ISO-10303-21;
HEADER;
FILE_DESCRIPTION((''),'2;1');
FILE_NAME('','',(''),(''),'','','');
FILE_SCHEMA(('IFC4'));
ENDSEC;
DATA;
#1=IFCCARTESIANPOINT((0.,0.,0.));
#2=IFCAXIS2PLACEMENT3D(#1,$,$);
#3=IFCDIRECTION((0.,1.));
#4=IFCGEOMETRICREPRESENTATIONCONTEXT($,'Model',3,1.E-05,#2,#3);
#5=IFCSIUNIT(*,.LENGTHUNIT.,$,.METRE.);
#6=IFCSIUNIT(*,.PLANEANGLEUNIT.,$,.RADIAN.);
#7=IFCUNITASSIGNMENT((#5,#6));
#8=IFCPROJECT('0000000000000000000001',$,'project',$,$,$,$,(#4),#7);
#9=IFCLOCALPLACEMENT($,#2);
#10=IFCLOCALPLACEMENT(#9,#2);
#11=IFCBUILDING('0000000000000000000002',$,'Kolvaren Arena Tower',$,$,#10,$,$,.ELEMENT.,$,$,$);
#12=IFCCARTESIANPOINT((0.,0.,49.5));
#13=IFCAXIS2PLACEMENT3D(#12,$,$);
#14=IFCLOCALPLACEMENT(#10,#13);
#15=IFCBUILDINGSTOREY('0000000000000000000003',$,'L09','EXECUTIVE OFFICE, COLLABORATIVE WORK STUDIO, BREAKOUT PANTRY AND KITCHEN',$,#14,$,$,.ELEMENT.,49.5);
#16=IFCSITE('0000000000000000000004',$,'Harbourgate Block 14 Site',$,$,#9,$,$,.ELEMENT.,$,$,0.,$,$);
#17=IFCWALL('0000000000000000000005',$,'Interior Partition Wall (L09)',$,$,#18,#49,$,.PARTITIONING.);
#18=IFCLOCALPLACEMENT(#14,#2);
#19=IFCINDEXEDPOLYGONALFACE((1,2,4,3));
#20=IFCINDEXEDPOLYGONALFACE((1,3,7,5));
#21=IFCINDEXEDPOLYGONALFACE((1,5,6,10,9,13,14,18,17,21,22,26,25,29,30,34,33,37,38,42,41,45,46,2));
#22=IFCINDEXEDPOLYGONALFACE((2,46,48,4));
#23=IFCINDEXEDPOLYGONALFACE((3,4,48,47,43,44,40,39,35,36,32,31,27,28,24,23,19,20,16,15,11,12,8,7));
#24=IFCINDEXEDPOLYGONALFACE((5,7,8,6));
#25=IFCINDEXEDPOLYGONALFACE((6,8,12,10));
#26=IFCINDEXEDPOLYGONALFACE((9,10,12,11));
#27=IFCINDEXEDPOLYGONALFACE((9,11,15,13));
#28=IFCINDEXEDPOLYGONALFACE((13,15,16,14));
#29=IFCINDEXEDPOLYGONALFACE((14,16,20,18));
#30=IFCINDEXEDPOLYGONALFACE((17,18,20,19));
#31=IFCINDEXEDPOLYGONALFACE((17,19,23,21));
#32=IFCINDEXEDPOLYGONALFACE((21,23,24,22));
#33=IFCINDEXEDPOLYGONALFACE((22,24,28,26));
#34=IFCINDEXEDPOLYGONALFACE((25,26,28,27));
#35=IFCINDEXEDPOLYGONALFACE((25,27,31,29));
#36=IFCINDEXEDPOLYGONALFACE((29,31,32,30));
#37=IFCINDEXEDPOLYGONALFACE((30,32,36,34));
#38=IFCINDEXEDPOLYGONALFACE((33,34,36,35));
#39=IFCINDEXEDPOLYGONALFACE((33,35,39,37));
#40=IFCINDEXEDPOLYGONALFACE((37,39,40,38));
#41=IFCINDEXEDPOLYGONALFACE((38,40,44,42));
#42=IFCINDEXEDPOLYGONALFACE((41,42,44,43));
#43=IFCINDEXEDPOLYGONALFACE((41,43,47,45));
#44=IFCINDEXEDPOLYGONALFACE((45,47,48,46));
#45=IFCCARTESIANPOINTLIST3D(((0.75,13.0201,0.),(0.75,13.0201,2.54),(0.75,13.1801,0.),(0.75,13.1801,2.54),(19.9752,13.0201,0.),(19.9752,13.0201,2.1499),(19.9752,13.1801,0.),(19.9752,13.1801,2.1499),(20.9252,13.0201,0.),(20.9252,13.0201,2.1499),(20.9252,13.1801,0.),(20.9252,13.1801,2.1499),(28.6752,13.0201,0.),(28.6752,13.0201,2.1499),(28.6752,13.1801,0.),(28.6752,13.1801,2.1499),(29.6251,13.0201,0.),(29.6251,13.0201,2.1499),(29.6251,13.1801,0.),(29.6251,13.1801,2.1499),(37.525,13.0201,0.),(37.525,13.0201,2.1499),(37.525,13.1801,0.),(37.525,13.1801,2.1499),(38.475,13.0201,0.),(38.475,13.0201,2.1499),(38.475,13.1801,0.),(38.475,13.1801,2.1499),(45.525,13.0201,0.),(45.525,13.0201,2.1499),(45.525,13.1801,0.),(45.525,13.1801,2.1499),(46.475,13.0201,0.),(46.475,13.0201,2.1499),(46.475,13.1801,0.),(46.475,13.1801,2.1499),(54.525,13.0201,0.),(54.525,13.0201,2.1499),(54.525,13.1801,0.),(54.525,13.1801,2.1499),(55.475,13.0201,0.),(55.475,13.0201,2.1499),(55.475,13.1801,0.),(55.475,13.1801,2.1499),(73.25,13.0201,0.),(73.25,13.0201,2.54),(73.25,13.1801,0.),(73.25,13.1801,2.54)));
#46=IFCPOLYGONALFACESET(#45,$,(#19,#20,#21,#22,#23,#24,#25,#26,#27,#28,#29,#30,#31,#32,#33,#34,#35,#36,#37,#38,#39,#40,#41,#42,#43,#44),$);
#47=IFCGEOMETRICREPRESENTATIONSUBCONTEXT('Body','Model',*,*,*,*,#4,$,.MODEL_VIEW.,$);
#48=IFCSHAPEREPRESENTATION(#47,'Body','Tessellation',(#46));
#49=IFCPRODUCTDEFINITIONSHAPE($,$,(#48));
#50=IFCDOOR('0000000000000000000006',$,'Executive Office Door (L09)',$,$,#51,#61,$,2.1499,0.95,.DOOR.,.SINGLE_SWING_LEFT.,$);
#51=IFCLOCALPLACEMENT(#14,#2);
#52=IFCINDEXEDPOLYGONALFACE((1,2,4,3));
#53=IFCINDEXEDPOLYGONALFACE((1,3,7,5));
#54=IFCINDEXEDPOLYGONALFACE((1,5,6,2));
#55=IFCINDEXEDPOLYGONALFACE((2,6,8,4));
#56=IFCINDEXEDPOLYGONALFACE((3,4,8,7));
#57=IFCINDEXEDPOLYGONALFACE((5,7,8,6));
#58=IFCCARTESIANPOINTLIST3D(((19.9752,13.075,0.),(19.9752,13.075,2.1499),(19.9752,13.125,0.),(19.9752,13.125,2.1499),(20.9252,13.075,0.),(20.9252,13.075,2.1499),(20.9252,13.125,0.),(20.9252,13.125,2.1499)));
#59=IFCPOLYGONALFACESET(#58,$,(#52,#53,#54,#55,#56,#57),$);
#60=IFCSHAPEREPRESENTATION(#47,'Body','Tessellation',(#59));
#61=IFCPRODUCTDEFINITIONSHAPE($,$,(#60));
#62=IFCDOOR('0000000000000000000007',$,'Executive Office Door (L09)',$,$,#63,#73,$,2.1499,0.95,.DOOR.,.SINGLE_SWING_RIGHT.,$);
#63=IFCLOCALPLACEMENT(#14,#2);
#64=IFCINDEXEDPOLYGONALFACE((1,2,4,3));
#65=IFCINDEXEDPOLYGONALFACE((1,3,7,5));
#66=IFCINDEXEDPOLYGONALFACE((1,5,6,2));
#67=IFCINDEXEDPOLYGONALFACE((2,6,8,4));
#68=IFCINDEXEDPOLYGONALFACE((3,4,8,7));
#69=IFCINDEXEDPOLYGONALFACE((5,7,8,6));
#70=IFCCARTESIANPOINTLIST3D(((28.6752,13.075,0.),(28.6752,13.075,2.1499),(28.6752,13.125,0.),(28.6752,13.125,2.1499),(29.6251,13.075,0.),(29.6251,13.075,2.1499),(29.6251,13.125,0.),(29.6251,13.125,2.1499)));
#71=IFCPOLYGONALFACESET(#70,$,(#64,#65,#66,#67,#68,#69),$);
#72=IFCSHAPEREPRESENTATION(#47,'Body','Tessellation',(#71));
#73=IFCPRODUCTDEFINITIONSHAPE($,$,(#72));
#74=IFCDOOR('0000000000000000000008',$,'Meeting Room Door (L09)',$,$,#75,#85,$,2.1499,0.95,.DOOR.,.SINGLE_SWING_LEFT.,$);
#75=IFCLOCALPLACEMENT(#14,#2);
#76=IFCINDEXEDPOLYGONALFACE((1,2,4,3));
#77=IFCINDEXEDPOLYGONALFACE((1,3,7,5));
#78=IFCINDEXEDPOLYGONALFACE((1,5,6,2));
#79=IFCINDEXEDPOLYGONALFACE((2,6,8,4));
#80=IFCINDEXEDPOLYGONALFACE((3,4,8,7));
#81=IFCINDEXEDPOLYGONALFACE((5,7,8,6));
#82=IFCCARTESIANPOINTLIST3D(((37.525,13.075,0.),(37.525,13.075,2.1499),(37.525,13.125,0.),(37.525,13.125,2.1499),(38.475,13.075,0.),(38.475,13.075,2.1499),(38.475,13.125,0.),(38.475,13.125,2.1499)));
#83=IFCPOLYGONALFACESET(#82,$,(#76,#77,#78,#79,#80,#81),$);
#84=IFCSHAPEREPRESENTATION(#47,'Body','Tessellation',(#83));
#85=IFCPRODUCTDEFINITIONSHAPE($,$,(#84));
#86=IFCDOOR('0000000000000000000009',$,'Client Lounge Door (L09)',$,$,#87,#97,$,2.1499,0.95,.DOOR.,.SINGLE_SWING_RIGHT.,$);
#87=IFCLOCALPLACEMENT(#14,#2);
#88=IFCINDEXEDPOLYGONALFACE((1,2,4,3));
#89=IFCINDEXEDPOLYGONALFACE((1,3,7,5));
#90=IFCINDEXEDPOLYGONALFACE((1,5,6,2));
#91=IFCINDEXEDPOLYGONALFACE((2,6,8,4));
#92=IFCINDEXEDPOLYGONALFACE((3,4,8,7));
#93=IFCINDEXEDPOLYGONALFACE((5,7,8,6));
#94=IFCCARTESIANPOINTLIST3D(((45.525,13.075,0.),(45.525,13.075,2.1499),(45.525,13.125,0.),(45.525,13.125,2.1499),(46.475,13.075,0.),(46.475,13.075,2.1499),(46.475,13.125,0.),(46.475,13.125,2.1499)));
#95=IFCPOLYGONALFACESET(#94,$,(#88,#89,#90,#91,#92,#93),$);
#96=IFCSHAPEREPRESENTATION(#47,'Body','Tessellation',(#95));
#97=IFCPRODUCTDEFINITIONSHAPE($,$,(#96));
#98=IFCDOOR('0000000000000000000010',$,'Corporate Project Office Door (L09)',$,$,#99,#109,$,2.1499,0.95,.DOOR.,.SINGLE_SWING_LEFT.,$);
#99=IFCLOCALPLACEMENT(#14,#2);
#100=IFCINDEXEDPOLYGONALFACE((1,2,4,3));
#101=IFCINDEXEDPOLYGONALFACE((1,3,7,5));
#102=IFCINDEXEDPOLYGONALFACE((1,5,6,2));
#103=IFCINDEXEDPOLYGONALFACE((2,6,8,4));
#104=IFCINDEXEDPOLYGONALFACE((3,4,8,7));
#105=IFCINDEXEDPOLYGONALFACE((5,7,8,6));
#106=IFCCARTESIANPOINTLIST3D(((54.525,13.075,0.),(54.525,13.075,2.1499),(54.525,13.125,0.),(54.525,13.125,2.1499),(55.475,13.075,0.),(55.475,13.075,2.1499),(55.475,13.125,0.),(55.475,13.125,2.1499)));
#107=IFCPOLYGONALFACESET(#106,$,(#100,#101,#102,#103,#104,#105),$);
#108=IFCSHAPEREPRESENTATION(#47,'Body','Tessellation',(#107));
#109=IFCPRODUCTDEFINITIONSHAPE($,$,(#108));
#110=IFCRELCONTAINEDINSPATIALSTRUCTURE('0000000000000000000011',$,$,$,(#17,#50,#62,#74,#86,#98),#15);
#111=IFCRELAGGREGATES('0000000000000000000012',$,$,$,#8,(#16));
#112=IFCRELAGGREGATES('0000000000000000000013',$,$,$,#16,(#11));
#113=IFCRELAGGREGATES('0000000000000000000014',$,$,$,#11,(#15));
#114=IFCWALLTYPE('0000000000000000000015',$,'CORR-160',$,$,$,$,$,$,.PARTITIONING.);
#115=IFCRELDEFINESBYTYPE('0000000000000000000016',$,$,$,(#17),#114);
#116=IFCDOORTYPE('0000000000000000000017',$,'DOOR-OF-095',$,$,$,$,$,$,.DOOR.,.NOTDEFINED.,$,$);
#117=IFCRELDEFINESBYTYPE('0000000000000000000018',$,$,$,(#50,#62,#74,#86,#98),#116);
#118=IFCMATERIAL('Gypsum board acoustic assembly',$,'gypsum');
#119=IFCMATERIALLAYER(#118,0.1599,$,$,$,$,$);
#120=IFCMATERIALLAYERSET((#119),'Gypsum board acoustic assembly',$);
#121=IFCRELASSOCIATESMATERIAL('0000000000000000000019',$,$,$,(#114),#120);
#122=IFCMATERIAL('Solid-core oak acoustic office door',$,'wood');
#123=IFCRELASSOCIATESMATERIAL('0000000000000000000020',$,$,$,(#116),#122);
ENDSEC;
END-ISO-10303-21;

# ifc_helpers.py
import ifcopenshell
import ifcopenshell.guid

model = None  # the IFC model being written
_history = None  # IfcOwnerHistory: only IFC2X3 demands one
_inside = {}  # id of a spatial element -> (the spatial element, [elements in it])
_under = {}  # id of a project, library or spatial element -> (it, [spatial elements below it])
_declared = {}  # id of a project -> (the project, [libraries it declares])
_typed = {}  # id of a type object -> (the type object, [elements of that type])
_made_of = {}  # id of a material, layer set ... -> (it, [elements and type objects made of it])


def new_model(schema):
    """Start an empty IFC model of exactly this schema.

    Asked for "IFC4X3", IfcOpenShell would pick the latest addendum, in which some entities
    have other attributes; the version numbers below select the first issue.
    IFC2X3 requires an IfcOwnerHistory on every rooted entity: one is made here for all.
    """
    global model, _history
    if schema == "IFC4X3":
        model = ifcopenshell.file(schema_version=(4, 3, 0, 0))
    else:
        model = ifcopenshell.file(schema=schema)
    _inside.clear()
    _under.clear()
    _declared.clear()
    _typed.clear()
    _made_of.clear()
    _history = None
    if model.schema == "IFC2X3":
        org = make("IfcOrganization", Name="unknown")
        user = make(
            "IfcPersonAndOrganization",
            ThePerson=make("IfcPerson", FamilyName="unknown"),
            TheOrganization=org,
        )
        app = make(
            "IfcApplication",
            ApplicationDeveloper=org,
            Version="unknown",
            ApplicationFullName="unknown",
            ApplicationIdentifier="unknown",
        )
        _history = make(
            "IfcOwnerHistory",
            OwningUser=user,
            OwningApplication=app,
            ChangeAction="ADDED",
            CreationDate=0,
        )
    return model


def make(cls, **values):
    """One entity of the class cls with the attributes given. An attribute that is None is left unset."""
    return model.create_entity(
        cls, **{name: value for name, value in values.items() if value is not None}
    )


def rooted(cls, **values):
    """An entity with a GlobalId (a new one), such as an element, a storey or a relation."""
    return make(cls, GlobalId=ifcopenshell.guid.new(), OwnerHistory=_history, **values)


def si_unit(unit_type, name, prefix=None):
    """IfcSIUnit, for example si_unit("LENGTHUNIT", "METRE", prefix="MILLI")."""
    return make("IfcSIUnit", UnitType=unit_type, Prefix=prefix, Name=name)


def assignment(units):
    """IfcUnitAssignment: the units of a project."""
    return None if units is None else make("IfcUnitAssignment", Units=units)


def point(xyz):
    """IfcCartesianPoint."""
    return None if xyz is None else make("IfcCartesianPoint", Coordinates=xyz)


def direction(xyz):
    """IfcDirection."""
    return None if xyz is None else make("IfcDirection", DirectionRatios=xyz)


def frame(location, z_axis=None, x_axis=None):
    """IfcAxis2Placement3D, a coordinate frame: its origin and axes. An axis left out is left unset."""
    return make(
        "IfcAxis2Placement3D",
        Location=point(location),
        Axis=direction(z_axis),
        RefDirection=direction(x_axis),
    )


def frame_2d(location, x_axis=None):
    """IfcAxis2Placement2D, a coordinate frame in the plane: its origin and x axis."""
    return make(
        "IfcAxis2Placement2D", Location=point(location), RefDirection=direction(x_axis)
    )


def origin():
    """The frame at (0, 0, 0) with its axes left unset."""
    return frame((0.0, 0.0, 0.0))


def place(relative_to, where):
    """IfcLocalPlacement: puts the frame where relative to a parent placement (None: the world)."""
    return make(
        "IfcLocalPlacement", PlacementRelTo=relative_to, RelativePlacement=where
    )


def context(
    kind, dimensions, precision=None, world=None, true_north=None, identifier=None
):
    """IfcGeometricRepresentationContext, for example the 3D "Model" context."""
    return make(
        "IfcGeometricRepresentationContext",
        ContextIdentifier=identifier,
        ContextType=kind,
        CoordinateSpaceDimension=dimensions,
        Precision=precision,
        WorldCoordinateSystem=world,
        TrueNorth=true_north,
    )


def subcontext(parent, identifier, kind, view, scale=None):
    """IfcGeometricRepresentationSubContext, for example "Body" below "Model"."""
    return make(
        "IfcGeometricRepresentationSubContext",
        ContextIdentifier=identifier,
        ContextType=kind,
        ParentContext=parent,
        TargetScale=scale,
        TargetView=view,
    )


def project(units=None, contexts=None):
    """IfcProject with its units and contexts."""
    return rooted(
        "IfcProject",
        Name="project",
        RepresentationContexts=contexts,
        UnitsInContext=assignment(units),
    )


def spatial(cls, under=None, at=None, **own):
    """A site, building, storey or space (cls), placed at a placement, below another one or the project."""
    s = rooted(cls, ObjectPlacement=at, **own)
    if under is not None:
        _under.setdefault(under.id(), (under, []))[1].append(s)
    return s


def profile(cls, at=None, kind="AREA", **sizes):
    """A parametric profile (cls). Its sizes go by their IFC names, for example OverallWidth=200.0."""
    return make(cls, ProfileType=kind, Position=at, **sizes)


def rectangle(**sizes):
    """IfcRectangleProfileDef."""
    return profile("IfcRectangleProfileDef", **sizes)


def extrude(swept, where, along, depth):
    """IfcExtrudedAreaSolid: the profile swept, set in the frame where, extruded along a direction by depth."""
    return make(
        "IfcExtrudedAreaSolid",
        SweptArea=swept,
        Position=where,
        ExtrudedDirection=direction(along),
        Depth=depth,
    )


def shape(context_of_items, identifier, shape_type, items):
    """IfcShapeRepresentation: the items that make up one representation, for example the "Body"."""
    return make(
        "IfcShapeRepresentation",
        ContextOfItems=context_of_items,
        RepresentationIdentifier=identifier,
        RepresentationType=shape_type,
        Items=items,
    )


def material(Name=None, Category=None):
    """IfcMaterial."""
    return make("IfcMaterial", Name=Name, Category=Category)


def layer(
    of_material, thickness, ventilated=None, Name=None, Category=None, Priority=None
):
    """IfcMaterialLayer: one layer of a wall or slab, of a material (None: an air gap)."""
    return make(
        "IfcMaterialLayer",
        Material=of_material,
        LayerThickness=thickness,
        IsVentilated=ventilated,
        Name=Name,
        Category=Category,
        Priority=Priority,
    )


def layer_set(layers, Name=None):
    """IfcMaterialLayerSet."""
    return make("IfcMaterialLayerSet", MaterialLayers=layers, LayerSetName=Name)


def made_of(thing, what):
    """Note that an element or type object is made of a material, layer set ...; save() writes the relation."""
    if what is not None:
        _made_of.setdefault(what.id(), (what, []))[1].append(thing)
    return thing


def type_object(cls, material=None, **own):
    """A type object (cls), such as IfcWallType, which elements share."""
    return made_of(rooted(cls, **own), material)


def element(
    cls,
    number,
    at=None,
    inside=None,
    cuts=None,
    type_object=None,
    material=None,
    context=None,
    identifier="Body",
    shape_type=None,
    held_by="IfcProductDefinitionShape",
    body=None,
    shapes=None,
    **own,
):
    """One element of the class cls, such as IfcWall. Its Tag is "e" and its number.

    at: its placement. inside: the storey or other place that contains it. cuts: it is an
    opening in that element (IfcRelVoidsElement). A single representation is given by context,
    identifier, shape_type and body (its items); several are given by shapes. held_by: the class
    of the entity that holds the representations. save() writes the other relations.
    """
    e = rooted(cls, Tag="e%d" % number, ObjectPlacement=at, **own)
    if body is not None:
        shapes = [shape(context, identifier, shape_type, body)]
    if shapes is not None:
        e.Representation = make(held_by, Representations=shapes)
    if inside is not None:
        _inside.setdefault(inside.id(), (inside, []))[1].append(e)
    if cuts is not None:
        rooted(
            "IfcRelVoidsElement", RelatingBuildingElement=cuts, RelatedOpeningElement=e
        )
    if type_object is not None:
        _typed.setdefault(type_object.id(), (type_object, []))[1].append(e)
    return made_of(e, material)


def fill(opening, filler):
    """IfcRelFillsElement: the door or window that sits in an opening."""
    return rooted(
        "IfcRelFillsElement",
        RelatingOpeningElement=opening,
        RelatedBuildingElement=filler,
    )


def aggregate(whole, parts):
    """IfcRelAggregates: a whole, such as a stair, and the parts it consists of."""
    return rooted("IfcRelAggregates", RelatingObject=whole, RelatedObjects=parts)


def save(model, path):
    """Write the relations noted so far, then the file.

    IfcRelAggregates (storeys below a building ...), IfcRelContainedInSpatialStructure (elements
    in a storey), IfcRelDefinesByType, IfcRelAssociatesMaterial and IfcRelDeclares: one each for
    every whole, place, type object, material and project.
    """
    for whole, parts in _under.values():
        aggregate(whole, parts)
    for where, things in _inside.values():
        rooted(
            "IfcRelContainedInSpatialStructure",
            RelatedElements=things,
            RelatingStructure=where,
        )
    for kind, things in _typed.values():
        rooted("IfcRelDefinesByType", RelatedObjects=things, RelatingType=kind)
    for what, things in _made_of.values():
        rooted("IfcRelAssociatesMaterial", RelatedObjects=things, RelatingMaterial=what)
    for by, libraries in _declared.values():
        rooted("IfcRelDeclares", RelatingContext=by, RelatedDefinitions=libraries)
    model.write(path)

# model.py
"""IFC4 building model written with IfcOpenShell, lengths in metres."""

from ifc_helpers import new_model, si_unit, direction, frame, frame_2d, origin, place, context, subcontext, project, spatial, rectangle, extrude, material, layer, layer_set, type_object, element, fill, save


model = new_model("IFC4")

# Units and contexts
model_context = context("Model", 3, precision=1e-05, world=origin(), true_north=direction((0.0, 1.0)))
body_context = subcontext(model_context, "Body", "Model", "MODEL_VIEW")
ifc_project = project(units=[si_unit("LENGTHUNIT", "METRE"), si_unit("PLANEANGLEUNIT", "RADIAN")], contexts=[model_context])

# Site, building, storey
site_placement = place(None, origin())
site = spatial("IfcSite", under=ifc_project, at=site_placement, Name="Harbourgate Block 14 Site", CompositionType="ELEMENT", RefElevation=0.0)
building_placement = place(site_placement, origin())
building = spatial("IfcBuilding", under=site, at=building_placement, Name="Kolvaren Arena Tower", CompositionType="ELEMENT")
storey_placement = place(building_placement, frame((0.0, 0.0, 49.5)))
storey = spatial("IfcBuildingStorey", under=building, at=storey_placement, Name="L09", Description="EXECUTIVE OFFICE, COLLABORATIVE WORK STUDIO, BREAKOUT PANTRY AND KITCHEN", CompositionType="ELEMENT", Elevation=49.5)

# Wall, openings, doors
ifc_material_1 = material(Name="Gypsum board acoustic assembly", Category="gypsum")
ifc_layer_1 = layer(ifc_material_1, 0.1599)
ifc_layer_set_1 = layer_set([ifc_layer_1], Name="Gypsum board acoustic assembly")
wall_type_1 = type_object("IfcWallType", Name="CORR-160", PredefinedType="PARTITIONING", material=ifc_layer_set_1)
wall_1_placement = place(storey_placement, frame((0.75, 13.1001, 0.0), z_axis=(0.0, 0.0, 1.0), x_axis=(1.0, 0.0, 0.0)))
wall_1 = element("IfcWall", 1, at=wall_1_placement, inside=storey, type_object=wall_type_1, Name="Interior Partition Wall (L09)", PredefinedType="PARTITIONING", context=body_context, shape_type="SweptSolid", body=[
    extrude(rectangle(XDim=72.5, YDim=0.1599, at=frame_2d((36.25, 0.0))), origin(), (0.0, 0.0, 1.0), 2.54),
])
opening_1_placement = place(wall_1_placement, frame((19.2251, 0.0, 0.0)))
opening_1 = element("IfcOpeningElement", 2, at=opening_1_placement, cuts=wall_1, PredefinedType="OPENING", context=body_context, shape_type="SweptSolid", body=[
    extrude(rectangle(XDim=0.95, YDim=2.1499, at=frame_2d((0.4751, 1.075))), frame((0.0, 0.0898, 0.0), z_axis=(0.0, -1.0, 0.0), x_axis=(1.0, 0.0, 0.0)), (0.0, 0.0, 1.0), 0.1799),
])
opening_2_placement = place(wall_1_placement, frame((27.925, 0.0, 0.0)))
opening_2 = element("IfcOpeningElement", 3, at=opening_2_placement, cuts=wall_1, PredefinedType="OPENING", context=body_context, shape_type="SweptSolid", body=[
    extrude(rectangle(XDim=0.95, YDim=2.1499, at=frame_2d((0.4751, 1.075))), frame((0.0, 0.0898, 0.0), z_axis=(0.0, -1.0, 0.0), x_axis=(1.0, 0.0, 0.0)), (0.0, 0.0, 1.0), 0.1799),
])
opening_3_placement = place(wall_1_placement, frame((36.7749, 0.0, 0.0)))
opening_3 = element("IfcOpeningElement", 4, at=opening_3_placement, cuts=wall_1, PredefinedType="OPENING", context=body_context, shape_type="SweptSolid", body=[
    extrude(rectangle(XDim=0.95, YDim=2.1499, at=frame_2d((0.4751, 1.075))), frame((0.0, 0.0898, 0.0), z_axis=(0.0, -1.0, 0.0), x_axis=(1.0, 0.0, 0.0)), (0.0, 0.0, 1.0), 0.1799),
])
opening_4_placement = place(wall_1_placement, frame((44.7749, 0.0, 0.0)))
opening_4 = element("IfcOpeningElement", 5, at=opening_4_placement, cuts=wall_1, PredefinedType="OPENING", context=body_context, shape_type="SweptSolid", body=[
    extrude(rectangle(XDim=0.95, YDim=2.1499, at=frame_2d((0.4751, 1.075))), frame((0.0, 0.0898, 0.0), z_axis=(0.0, -1.0, 0.0), x_axis=(1.0, 0.0, 0.0)), (0.0, 0.0, 1.0), 0.1799),
])
opening_5_placement = place(wall_1_placement, frame((53.7749, 0.0, 0.0)))
opening_5 = element("IfcOpeningElement", 6, at=opening_5_placement, cuts=wall_1, PredefinedType="OPENING", context=body_context, shape_type="SweptSolid", body=[
    extrude(rectangle(XDim=0.95, YDim=2.1499, at=frame_2d((0.4751, 1.075))), frame((0.0, 0.0898, 0.0), z_axis=(0.0, -1.0, 0.0), x_axis=(1.0, 0.0, 0.0)), (0.0, 0.0, 1.0), 0.1799),
])
ifc_material_2 = material(Name="Solid-core oak acoustic office door", Category="wood")
door_type = type_object("IfcDoorType", Name="DOOR-OF-095", OperationType="NOTDEFINED", PredefinedType="DOOR", material=ifc_material_2)
door_1_placement = place(opening_1_placement, origin())
door_1 = element("IfcDoor", 7, at=door_1_placement, inside=storey, type_object=door_type, Name="Executive Office Door (L09)", OperationType="SINGLE_SWING_LEFT", OverallHeight=2.1499, OverallWidth=0.95, PredefinedType="DOOR", context=body_context, shape_type="SweptSolid", body=[
    extrude(rectangle(XDim=0.95, YDim=2.1499, at=frame_2d((0.4751, 1.075))), frame((0.0, 0.0249, 0.0), z_axis=(0.0, -1.0, 0.0), x_axis=(1.0, 0.0, 0.0)), (0.0, 0.0, 1.0), 0.05),
])
fill(opening_1, door_1)
door_2_placement = place(opening_2_placement, origin())
door_2 = element("IfcDoor", 8, at=door_2_placement, inside=storey, type_object=door_type, Name="Executive Office Door (L09)", OperationType="SINGLE_SWING_RIGHT", OverallHeight=2.1499, OverallWidth=0.95, PredefinedType="DOOR", context=body_context, shape_type="SweptSolid", body=[
    extrude(rectangle(XDim=0.95, YDim=2.1499, at=frame_2d((0.4751, 1.075))), frame((0.0, 0.0249, 0.0), z_axis=(0.0, -1.0, 0.0), x_axis=(1.0, 0.0, 0.0)), (0.0, 0.0, 1.0), 0.05),
])
fill(opening_2, door_2)
door_3_placement = place(opening_3_placement, origin())
door_3 = element("IfcDoor", 9, at=door_3_placement, inside=storey, type_object=door_type, Name="Meeting Room Door (L09)", OperationType="SINGLE_SWING_LEFT", OverallHeight=2.1499, OverallWidth=0.95, PredefinedType="DOOR", context=body_context, shape_type="SweptSolid", body=[
    extrude(rectangle(XDim=0.95, YDim=2.1499, at=frame_2d((0.4751, 1.075))), frame((0.0, 0.0249, 0.0), z_axis=(0.0, -1.0, 0.0), x_axis=(1.0, 0.0, 0.0)), (0.0, 0.0, 1.0), 0.05),
])
fill(opening_3, door_3)
door_4_placement = place(opening_4_placement, origin())
door_4 = element("IfcDoor", 10, at=door_4_placement, inside=storey, type_object=door_type, Name="Client Lounge Door (L09)", OperationType="SINGLE_SWING_RIGHT", OverallHeight=2.1499, OverallWidth=0.95, PredefinedType="DOOR", context=body_context, shape_type="SweptSolid", body=[
    extrude(rectangle(XDim=0.95, YDim=2.1499, at=frame_2d((0.4751, 1.075))), frame((0.0, 0.0249, 0.0), z_axis=(0.0, -1.0, 0.0), x_axis=(1.0, 0.0, 0.0)), (0.0, 0.0, 1.0), 0.05),
])
fill(opening_4, door_4)
door_5_placement = place(opening_5_placement, origin())
door_5 = element("IfcDoor", 11, at=door_5_placement, inside=storey, type_object=door_type, Name="Corporate Project Office Door (L09)", OperationType="SINGLE_SWING_LEFT", OverallHeight=2.1499, OverallWidth=0.95, PredefinedType="DOOR", context=body_context, shape_type="SweptSolid", body=[
    extrude(rectangle(XDim=0.95, YDim=2.1499, at=frame_2d((0.4751, 1.075))), frame((0.0, 0.0249, 0.0), z_axis=(0.0, -1.0, 0.0), x_axis=(1.0, 0.0, 0.0)), (0.0, 0.0, 1.0), 0.05),
])
fill(opening_5, door_5)

save(model, "model.ifc")
